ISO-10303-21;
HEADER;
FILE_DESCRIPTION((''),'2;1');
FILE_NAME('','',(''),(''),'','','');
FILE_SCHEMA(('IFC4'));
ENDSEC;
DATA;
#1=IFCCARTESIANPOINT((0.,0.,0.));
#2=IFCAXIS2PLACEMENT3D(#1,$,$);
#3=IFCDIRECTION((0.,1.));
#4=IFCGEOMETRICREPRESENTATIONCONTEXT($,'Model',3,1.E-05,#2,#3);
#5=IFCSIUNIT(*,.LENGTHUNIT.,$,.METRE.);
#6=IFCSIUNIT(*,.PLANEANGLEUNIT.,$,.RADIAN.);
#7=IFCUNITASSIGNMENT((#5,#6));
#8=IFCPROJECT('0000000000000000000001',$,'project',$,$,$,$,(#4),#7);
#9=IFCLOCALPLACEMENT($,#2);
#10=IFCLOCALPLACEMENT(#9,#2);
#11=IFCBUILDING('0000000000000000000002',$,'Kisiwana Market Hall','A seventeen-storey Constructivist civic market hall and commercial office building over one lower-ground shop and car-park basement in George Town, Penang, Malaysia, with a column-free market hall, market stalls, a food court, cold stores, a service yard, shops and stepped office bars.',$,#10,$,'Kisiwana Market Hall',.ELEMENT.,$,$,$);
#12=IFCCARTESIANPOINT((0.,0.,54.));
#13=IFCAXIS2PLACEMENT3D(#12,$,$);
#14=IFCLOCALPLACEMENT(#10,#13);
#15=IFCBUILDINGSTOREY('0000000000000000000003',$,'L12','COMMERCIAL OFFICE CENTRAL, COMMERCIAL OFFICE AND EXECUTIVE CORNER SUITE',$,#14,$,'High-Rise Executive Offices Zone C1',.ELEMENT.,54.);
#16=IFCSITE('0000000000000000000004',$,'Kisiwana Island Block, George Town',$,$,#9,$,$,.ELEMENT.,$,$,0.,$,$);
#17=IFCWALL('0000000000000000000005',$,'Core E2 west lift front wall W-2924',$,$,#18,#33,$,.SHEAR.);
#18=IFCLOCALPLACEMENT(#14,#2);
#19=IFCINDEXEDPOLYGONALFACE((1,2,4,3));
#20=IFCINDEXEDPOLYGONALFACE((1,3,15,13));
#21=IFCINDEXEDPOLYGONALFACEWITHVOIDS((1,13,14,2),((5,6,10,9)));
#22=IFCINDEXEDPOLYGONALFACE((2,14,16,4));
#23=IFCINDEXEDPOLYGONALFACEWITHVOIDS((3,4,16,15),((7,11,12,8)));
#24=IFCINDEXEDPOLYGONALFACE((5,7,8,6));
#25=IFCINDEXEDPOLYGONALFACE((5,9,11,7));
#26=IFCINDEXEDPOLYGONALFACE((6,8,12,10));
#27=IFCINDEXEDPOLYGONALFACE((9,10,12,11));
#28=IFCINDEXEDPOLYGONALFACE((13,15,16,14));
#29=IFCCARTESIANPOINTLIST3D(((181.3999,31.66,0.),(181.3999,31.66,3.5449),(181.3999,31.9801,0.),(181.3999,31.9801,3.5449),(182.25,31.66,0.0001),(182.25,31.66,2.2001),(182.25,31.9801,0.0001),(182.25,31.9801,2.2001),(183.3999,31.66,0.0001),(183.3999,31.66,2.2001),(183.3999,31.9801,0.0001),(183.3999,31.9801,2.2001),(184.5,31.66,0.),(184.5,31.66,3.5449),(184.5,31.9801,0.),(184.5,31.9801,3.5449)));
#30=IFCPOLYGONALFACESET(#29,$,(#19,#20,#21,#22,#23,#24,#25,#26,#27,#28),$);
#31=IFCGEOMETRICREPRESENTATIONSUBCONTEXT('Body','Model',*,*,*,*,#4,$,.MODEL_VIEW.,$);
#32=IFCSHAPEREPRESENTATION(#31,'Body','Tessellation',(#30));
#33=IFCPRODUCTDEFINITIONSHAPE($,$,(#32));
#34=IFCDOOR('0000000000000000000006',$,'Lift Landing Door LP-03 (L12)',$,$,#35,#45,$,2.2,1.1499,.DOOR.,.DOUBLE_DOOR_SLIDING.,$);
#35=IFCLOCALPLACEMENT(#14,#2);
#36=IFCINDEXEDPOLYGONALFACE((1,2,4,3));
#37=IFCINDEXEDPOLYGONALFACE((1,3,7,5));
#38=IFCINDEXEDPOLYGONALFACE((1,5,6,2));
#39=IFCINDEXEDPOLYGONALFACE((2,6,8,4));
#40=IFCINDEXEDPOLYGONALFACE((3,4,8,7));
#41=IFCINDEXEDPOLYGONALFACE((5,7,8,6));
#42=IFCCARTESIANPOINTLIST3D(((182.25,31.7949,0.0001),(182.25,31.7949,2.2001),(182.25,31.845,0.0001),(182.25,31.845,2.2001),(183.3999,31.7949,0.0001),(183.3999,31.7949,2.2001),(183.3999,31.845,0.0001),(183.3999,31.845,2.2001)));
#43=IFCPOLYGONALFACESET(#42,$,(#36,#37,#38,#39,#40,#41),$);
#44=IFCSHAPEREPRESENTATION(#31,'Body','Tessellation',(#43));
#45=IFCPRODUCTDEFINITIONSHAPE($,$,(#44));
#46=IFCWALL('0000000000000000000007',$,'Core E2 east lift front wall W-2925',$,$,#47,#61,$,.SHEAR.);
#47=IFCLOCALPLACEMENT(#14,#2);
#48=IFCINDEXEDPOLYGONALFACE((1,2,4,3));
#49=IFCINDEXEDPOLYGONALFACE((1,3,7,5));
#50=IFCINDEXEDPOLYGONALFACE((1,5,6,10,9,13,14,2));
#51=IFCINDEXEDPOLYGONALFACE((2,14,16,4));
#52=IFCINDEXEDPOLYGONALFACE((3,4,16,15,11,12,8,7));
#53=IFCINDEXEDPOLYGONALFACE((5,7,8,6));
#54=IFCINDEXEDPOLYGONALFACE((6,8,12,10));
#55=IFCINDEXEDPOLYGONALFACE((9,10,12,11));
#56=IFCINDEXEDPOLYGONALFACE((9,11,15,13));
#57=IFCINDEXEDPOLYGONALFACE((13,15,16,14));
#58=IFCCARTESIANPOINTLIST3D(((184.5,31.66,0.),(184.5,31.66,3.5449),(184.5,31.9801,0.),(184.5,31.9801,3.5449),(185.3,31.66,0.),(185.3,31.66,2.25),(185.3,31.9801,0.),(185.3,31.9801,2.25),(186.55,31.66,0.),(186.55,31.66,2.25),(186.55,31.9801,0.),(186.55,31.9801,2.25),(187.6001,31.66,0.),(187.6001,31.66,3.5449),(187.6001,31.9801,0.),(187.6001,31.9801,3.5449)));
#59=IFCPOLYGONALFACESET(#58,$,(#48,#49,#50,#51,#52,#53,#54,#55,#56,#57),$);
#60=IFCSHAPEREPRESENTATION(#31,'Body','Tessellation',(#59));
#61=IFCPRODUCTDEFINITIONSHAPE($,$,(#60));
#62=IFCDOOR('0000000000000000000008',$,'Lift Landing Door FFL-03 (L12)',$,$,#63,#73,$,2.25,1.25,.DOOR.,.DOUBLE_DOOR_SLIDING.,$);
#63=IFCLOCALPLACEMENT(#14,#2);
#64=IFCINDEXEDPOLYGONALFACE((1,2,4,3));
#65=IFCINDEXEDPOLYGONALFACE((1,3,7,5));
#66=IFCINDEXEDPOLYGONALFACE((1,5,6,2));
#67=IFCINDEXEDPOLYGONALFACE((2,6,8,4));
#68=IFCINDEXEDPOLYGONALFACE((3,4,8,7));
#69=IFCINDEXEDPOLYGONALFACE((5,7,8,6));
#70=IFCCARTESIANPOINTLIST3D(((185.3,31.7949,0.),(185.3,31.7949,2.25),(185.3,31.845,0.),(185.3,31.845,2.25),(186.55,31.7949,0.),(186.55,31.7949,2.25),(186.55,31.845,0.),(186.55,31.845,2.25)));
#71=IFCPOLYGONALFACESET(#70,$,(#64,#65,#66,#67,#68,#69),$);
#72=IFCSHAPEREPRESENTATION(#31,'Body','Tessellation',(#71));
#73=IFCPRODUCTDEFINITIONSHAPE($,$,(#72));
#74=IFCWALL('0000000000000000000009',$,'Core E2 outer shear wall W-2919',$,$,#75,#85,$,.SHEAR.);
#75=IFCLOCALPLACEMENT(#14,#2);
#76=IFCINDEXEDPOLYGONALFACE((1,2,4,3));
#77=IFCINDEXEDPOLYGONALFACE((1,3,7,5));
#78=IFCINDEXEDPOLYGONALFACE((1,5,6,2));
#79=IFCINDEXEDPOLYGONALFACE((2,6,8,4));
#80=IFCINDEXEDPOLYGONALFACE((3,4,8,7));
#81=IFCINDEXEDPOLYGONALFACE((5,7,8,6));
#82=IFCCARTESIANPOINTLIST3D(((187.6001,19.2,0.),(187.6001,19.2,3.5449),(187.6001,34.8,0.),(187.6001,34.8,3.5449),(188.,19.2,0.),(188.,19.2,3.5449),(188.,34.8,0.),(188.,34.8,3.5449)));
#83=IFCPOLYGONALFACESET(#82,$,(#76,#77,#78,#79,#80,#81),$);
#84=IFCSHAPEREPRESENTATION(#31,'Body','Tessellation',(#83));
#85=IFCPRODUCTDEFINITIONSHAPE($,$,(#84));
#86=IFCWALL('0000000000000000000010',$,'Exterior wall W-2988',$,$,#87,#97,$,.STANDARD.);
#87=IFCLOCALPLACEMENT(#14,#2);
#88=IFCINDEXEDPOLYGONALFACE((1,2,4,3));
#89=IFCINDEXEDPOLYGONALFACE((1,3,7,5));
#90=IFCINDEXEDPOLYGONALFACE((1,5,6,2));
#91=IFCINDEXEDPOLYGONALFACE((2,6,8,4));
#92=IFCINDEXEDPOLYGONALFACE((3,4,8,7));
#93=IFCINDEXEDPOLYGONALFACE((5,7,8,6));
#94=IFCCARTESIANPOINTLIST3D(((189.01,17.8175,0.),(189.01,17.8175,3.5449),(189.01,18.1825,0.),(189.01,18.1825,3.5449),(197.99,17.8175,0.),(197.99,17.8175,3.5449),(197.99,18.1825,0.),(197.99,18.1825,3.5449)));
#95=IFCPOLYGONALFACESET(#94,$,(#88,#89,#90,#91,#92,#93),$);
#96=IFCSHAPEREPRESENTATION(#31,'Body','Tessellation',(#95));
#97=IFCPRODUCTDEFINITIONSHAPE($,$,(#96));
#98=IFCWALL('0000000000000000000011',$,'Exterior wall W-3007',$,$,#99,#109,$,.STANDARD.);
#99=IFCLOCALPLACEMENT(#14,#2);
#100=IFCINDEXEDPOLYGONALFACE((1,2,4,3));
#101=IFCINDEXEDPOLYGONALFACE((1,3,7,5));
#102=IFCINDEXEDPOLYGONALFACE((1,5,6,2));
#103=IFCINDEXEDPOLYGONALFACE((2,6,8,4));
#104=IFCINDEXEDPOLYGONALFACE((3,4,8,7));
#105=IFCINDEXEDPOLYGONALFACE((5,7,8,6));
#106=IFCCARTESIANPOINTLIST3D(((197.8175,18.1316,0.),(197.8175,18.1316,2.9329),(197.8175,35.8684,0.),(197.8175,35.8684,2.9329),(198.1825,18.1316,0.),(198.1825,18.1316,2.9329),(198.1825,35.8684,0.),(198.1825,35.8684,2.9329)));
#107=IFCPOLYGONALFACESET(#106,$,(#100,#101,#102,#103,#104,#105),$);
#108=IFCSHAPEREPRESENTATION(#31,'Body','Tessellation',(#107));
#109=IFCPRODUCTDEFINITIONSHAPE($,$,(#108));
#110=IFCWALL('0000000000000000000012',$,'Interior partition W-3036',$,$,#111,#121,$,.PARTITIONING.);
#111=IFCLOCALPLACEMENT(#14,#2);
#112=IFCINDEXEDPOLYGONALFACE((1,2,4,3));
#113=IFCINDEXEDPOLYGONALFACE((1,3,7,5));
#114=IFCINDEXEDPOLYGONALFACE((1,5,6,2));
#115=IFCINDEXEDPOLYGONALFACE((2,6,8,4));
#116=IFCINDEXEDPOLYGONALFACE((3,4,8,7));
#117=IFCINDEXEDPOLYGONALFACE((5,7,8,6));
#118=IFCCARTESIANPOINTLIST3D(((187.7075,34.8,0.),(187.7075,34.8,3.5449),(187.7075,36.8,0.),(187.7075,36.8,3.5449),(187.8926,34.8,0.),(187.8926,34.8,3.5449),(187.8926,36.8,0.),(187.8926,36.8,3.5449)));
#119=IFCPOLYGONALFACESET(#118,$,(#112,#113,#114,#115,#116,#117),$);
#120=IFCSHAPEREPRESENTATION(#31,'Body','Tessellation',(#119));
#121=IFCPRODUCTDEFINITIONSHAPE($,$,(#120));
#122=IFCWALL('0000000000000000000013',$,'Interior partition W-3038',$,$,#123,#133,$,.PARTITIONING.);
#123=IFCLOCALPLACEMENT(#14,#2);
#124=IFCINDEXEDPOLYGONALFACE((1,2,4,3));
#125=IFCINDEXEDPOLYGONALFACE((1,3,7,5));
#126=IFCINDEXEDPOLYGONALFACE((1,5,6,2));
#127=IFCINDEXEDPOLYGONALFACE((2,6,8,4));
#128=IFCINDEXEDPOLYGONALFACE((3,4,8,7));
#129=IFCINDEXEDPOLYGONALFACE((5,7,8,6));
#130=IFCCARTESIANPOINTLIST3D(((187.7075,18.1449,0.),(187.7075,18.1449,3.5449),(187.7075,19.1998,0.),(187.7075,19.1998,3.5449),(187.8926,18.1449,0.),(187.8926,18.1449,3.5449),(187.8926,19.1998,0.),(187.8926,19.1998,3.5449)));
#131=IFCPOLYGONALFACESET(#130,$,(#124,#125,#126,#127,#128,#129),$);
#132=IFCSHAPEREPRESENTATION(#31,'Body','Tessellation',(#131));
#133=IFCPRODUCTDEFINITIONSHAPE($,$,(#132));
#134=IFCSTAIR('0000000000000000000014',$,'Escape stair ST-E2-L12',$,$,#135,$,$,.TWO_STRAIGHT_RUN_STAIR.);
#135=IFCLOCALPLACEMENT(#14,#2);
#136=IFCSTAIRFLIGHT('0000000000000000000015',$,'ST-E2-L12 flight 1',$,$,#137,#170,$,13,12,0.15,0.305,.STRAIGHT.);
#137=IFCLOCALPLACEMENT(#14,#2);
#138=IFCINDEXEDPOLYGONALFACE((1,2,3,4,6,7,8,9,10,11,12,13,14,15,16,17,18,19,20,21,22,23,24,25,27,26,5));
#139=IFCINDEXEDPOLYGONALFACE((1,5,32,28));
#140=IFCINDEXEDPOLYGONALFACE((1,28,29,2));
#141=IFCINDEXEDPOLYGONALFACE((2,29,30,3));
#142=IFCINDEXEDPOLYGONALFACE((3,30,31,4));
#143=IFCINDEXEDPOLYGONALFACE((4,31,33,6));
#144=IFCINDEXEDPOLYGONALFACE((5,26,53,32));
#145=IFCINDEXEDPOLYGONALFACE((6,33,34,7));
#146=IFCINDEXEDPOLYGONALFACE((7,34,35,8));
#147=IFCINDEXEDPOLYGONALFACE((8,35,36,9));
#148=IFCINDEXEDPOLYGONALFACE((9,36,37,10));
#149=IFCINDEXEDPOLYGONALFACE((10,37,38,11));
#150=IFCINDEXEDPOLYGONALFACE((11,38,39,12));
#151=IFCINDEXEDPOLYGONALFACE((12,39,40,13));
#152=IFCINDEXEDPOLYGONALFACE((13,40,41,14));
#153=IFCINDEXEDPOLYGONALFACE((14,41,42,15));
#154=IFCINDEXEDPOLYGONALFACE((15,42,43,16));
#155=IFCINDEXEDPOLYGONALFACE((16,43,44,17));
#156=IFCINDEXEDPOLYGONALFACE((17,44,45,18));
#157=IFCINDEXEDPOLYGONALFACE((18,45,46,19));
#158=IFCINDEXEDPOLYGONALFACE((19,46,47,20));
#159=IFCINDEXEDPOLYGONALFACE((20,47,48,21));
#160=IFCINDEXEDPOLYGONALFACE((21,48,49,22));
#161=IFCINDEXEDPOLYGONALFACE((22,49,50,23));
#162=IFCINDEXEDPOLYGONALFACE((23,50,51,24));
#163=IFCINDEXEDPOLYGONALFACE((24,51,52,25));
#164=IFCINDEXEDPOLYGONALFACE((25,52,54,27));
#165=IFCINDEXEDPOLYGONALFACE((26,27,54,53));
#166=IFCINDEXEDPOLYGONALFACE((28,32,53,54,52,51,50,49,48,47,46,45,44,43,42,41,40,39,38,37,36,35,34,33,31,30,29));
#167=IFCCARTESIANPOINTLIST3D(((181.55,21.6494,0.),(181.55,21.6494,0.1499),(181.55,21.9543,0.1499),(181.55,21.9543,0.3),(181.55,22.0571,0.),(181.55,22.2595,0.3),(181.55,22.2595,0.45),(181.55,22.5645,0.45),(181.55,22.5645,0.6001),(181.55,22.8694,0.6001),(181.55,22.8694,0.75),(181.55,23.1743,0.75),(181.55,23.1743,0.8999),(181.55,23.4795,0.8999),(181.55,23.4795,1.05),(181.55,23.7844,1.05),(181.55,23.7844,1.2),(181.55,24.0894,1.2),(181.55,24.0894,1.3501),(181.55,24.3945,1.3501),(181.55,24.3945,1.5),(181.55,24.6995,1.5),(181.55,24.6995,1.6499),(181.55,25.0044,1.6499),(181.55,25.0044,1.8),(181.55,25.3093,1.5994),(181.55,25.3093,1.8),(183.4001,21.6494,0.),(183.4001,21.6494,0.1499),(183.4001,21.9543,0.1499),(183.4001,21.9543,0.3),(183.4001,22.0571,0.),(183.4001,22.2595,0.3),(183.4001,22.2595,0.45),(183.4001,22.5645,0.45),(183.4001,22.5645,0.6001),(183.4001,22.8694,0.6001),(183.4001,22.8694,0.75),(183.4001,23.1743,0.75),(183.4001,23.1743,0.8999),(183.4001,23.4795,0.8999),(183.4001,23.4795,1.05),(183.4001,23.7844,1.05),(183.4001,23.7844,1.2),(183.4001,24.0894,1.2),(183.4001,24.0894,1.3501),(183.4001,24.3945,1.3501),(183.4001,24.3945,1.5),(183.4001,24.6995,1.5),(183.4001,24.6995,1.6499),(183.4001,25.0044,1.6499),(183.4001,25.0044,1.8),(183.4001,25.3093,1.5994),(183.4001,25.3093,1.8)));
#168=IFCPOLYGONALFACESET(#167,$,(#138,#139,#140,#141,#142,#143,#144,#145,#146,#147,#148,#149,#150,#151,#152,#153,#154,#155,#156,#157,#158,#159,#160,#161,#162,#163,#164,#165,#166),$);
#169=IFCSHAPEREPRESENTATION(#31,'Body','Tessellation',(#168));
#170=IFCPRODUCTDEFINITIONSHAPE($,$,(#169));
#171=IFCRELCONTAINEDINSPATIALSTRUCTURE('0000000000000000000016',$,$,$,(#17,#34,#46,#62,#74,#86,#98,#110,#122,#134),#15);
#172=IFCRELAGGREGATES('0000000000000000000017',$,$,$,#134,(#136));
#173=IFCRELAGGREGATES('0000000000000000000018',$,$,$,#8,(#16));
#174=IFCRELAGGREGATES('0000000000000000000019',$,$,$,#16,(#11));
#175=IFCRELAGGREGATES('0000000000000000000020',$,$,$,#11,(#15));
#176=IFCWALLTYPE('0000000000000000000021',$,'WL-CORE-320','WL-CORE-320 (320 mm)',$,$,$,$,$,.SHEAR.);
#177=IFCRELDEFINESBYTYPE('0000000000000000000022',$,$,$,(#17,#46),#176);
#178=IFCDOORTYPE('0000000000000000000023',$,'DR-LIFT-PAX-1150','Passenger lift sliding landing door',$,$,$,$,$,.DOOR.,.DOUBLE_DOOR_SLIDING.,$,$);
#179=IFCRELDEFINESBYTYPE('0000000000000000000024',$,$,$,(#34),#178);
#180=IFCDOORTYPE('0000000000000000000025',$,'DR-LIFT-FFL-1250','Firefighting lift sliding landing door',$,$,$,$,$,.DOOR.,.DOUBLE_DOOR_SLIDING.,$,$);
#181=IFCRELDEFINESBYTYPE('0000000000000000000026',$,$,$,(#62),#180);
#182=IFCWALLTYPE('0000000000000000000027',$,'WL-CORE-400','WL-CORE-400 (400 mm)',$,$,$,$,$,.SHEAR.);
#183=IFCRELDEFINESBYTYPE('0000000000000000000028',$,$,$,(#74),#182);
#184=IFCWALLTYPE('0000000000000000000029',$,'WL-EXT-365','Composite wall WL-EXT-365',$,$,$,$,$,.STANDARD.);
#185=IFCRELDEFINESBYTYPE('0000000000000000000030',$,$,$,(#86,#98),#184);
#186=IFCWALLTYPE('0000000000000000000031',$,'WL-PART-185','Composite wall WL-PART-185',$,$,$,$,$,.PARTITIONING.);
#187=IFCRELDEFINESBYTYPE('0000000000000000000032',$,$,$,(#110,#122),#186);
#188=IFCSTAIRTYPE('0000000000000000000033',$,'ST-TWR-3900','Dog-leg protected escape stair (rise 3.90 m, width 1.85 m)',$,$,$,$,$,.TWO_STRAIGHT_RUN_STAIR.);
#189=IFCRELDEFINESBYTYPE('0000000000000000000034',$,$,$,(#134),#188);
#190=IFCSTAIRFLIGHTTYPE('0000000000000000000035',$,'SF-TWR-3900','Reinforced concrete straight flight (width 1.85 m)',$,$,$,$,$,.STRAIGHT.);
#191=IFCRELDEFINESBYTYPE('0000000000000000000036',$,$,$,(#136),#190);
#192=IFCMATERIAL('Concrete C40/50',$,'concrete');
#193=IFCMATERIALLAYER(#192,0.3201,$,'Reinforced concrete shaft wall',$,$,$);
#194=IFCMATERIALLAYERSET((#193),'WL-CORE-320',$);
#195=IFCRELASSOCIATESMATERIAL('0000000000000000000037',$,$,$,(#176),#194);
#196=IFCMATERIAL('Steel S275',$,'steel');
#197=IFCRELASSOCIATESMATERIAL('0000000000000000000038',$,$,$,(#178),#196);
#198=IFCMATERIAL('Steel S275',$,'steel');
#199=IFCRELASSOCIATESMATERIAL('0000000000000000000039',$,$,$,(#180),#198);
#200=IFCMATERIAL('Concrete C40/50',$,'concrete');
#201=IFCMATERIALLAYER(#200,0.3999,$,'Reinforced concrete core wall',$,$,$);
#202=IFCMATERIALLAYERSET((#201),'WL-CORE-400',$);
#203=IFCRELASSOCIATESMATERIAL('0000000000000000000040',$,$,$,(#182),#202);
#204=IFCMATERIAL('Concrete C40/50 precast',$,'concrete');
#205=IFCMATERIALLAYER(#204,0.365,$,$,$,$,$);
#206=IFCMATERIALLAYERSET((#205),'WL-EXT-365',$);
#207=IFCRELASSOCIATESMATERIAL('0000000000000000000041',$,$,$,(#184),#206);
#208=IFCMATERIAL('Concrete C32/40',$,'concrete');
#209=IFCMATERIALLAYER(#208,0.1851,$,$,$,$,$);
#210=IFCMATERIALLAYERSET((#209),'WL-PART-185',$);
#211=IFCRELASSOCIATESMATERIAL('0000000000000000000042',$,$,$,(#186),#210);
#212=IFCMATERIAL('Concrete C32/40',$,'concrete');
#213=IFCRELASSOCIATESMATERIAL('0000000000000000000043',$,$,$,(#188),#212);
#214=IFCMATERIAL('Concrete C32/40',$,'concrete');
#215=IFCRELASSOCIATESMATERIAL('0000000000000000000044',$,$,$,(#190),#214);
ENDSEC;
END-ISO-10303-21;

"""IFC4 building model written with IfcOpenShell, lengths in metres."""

from ifc_helpers import new_model, si_unit, direction, frame, frame_2d, origin, place, context, subcontext, project, spatial, polyline, rectangle, outline, extrude, material, layer, layer_set, type_object, element, fill, aggregate, save


model = new_model("IFC4")

# Units and contexts
model_context = context("Model", 3, precision=1e-05, world=origin(), true_north=direction((0.0, 1.0)))
body_context = subcontext(model_context, "Body", "Model", "MODEL_VIEW")
ifc_project = project(units=[si_unit("LENGTHUNIT", "METRE"), si_unit("PLANEANGLEUNIT", "RADIAN")], contexts=[model_context])

# Site, building, storey
site_placement = place(None, origin())
site = spatial("IfcSite", under=ifc_project, at=site_placement, Name="Kisiwana Island Block, George Town", CompositionType="ELEMENT", RefElevation=0.0)
building_placement = place(site_placement, origin())
building = spatial("IfcBuilding", under=site, at=building_placement, Name="Kisiwana Market Hall", Description="A seventeen-storey Constructivist civic market hall and commercial office building over one lower-ground shop and car-park basement in George Town, Penang, Malaysia, with a column-free market hall, market stalls, a food court, cold stores, a service yard, shops and stepped office bars.", LongName="Kisiwana Market Hall", CompositionType="ELEMENT")
storey_placement = place(building_placement, frame((0.0, 0.0, 54.0)))
storey = spatial("IfcBuildingStorey", under=building, at=storey_placement, Name="L12", Description="COMMERCIAL OFFICE CENTRAL, COMMERCIAL OFFICE AND EXECUTIVE CORNER SUITE", LongName="High-Rise Executive Offices Zone C1", CompositionType="ELEMENT", Elevation=54.0)

# Shared definitions
ifc_material_1 = material(Name="Concrete C40/50", Category="concrete")
ifc_layer_1 = layer(ifc_material_1, 0.3201, Name="Reinforced concrete shaft wall")
ifc_layer_set_1 = layer_set([ifc_layer_1], Name="WL-CORE-320")
wall_type_1 = type_object("IfcWallType", Name="WL-CORE-320", Description="WL-CORE-320 (320 mm)", PredefinedType="SHEAR", material=ifc_layer_set_1)

# Walls, openings, doors
wall_1_placement = place(storey_placement, frame((181.3999, 31.8201, 0.0), z_axis=(0.0, 0.0, 1.0), x_axis=(1.0, 0.0, 0.0)))
wall_1 = element("IfcWall", 1, at=wall_1_placement, inside=storey, type_object=wall_type_1, Name="Core E2 west lift front wall W-2924", PredefinedType="SHEAR", context=body_context, shape_type="SweptSolid", body=[
    extrude(rectangle(XDim=3.1001, YDim=0.3201, at=frame_2d((1.55, 0.0))), origin(), (0.0, 0.0, 1.0), 3.5449),
])
opening_1_placement = place(wall_1_placement, frame((0.8501, 0.0, 0.0)))
opening_1 = element("IfcOpeningElement", 2, at=opening_1_placement, cuts=wall_1, PredefinedType="OPENING", context=body_context, shape_type="SweptSolid", body=[
    extrude(rectangle(XDim=1.1499, YDim=2.2, at=frame_2d((0.575, 1.1001))), frame((0.0, 0.1719, 0.0), z_axis=(0.0, -1.0, 0.0), x_axis=(1.0, 0.0, 0.0)), (0.0, 0.0, 1.0), 0.344),
])
ifc_material_2 = material(Name="Steel S275", Category="steel")
door_type_1 = type_object("IfcDoorType", Name="DR-LIFT-PAX-1150", Description="Passenger lift sliding landing door", OperationType="DOUBLE_DOOR_SLIDING", PredefinedType="DOOR", material=ifc_material_2)
door_1_placement = place(opening_1_placement, origin())
door_1 = element("IfcDoor", 3, at=door_1_placement, inside=storey, type_object=door_type_1, Name="Lift Landing Door LP-03 (L12)", OperationType="DOUBLE_DOOR_SLIDING", OverallHeight=2.2, OverallWidth=1.1499, PredefinedType="DOOR", context=body_context, shape_type="SweptSolid", body=[
    extrude(rectangle(XDim=1.1499, YDim=2.2, at=frame_2d((0.575, 1.1001))), frame((0.0, 0.0249, 0.0), z_axis=(0.0, -1.0, 0.0), x_axis=(1.0, 0.0, 0.0)), (0.0, 0.0, 1.0), 0.05),
])
fill(opening_1, door_1)
wall_2_placement = place(storey_placement, frame((184.5, 31.8201, 0.0), z_axis=(0.0, 0.0, 1.0), x_axis=(1.0, 0.0, 0.0)))
wall_2 = element("IfcWall", 4, at=wall_2_placement, inside=storey, type_object=wall_type_1, Name="Core E2 east lift front wall W-2925", PredefinedType="SHEAR", context=body_context, shape_type="SweptSolid", body=[
    extrude(rectangle(XDim=3.1001, YDim=0.3201, at=frame_2d((1.55, 0.0))), origin(), (0.0, 0.0, 1.0), 3.5449),
])
opening_2_placement = place(wall_2_placement, frame((0.8, 0.0, 0.0)))
opening_2 = element("IfcOpeningElement", 5, at=opening_2_placement, cuts=wall_2, PredefinedType="OPENING", context=body_context, shape_type="SweptSolid", body=[
    extrude(rectangle(XDim=1.25, YDim=2.25, at=frame_2d((0.625, 1.125))), frame((0.0, 0.1719, 0.0), z_axis=(0.0, -1.0, 0.0), x_axis=(1.0, 0.0, 0.0)), (0.0, 0.0, 1.0), 0.344),
])
ifc_material_3 = material(Name="Steel S275", Category="steel")
door_type_2 = type_object("IfcDoorType", Name="DR-LIFT-FFL-1250", Description="Firefighting lift sliding landing door", OperationType="DOUBLE_DOOR_SLIDING", PredefinedType="DOOR", material=ifc_material_3)
door_2_placement = place(opening_2_placement, origin())
door_2 = element("IfcDoor", 6, at=door_2_placement, inside=storey, type_object=door_type_2, Name="Lift Landing Door FFL-03 (L12)", OperationType="DOUBLE_DOOR_SLIDING", OverallHeight=2.25, OverallWidth=1.25, PredefinedType="DOOR", context=body_context, shape_type="SweptSolid", body=[
    extrude(rectangle(XDim=1.25, YDim=2.25, at=frame_2d((0.625, 1.125))), frame((0.0, 0.0249, 0.0), z_axis=(0.0, -1.0, 0.0), x_axis=(1.0, 0.0, 0.0)), (0.0, 0.0, 1.0), 0.05),
])
fill(opening_2, door_2)

# Walls
ifc_material_4 = material(Name="Concrete C40/50", Category="concrete")
ifc_layer_2 = layer(ifc_material_4, 0.3999, Name="Reinforced concrete core wall")
ifc_layer_set_2 = layer_set([ifc_layer_2], Name="WL-CORE-400")
wall_type_2 = type_object("IfcWallType", Name="WL-CORE-400", Description="WL-CORE-400 (400 mm)", PredefinedType="SHEAR", material=ifc_layer_set_2)
wall_3_placement = place(storey_placement, frame((187.8, 19.2, 0.0), z_axis=(0.0, 0.0, 1.0), x_axis=(0.0, 1.0, 0.0)))
element("IfcWall", 7, at=wall_3_placement, inside=storey, type_object=wall_type_2, Name="Core E2 outer shear wall W-2919", PredefinedType="SHEAR", context=body_context, shape_type="SweptSolid", body=[
    extrude(rectangle(XDim=15.6001, YDim=0.3999, at=frame_2d((7.8, 0.0))), origin(), (0.0, 0.0, 1.0), 3.5449),
])
ifc_material_5 = material(Name="Concrete C40/50 precast", Category="concrete")
ifc_layer_3 = layer(ifc_material_5, 0.365)
ifc_layer_set_3 = layer_set([ifc_layer_3], Name="WL-EXT-365")
wall_type_3 = type_object("IfcWallType", Name="WL-EXT-365", Description="Composite wall WL-EXT-365", PredefinedType="STANDARD", material=ifc_layer_set_3)
wall_4_placement = place(storey_placement, frame((189.01, 18.0, 0.0), z_axis=(0.0, 0.0, 1.0), x_axis=(1.0, 0.0, 0.0)))
element("IfcWall", 8, at=wall_4_placement, inside=storey, type_object=wall_type_3, Name="Exterior wall W-2988", PredefinedType="STANDARD", context=body_context, shape_type="SweptSolid", body=[
    extrude(rectangle(XDim=8.98, YDim=0.365, at=frame_2d((4.49, 0.0))), origin(), (0.0, 0.0, 1.0), 3.5449),
])
wall_5_placement = place(storey_placement, frame((198.0, 18.1316, 0.0), z_axis=(0.0, 0.0, 1.0), x_axis=(0.0, 1.0, 0.0)))
element("IfcWall", 9, at=wall_5_placement, inside=storey, type_object=wall_type_3, Name="Exterior wall W-3007", PredefinedType="STANDARD", context=body_context, shape_type="SweptSolid", body=[
    extrude(rectangle(XDim=17.7368, YDim=0.365, at=frame_2d((8.8684, 0.0))), origin(), (0.0, 0.0, 1.0), 2.9329),
])
ifc_material_6 = material(Name="Concrete C32/40", Category="concrete")
ifc_layer_4 = layer(ifc_material_6, 0.1851)
ifc_layer_set_4 = layer_set([ifc_layer_4], Name="WL-PART-185")
wall_type_4 = type_object("IfcWallType", Name="WL-PART-185", Description="Composite wall WL-PART-185", PredefinedType="PARTITIONING", material=ifc_layer_set_4)
wall_6_placement = place(storey_placement, frame((187.8, 34.8, 0.0), z_axis=(0.0, 0.0, 1.0), x_axis=(0.0, 1.0, 0.0)))
element("IfcWall", 10, at=wall_6_placement, inside=storey, type_object=wall_type_4, Name="Interior partition W-3036", PredefinedType="PARTITIONING", context=body_context, shape_type="SweptSolid", body=[
    extrude(rectangle(XDim=2.0, YDim=0.1851, at=frame_2d((1.0, 0.0))), origin(), (0.0, 0.0, 1.0), 3.5449),
])
wall_7_placement = place(storey_placement, frame((187.8, 18.145, 0.0), z_axis=(0.0, 0.0, 1.0), x_axis=(0.0, 1.0, 0.0)))
element("IfcWall", 11, at=wall_7_placement, inside=storey, type_object=wall_type_4, Name="Interior partition W-3038", PredefinedType="PARTITIONING", context=body_context, shape_type="SweptSolid", body=[
    extrude(rectangle(XDim=1.0549, YDim=0.1851, at=frame_2d((0.5273, 0.0))), origin(), (0.0, 0.0, 1.0), 3.5449),
])

# Stair, stair flight
ifc_material_7 = material(Name="Concrete C32/40", Category="concrete")
stair_type = type_object("IfcStairType", Name="ST-TWR-3900", Description="Dog-leg protected escape stair (rise 3.90 m, width 1.85 m)", PredefinedType="TWO_STRAIGHT_RUN_STAIR", material=ifc_material_7)
stair_placement = place(storey_placement, origin())
stair = element("IfcStair", 12, at=stair_placement, inside=storey, type_object=stair_type, Name="Escape stair ST-E2-L12", PredefinedType="TWO_STRAIGHT_RUN_STAIR")
ifc_material_8 = material(Name="Concrete C32/40", Category="concrete")
stair_flight_type = type_object("IfcStairFlightType", Name="SF-TWR-3900", Description="Reinforced concrete straight flight (width 1.85 m)", PredefinedType="STRAIGHT", material=ifc_material_8)
stair_flight_1_placement = place(storey_placement, frame((182.4751, 21.6494, 0.0), z_axis=(0.0, 0.0, 1.0), x_axis=(0.0, 1.0, 0.0)))
stair_flight_1 = element("IfcStairFlight", 13, at=stair_flight_1_placement, type_object=stair_flight_type, Name="ST-E2-L12 flight 1", NumberOfRisers=13, NumberOfTreads=12, PredefinedType="STRAIGHT", RiserHeight=0.15, TreadLength=0.305, context=body_context, shape_type="SweptSolid", body=[
    extrude(outline(polyline([(0.0, 0.0), (0.0, 0.1499), (0.3049, 0.1499), (0.3049, 0.3), (0.6101, 0.3), (0.6101, 0.45), (0.915, 0.45), (0.915, 0.6001), (1.22, 0.6001), (1.22, 0.75), (1.5249, 0.75), (1.5249, 0.8999), (1.8301, 0.8999), (1.8301, 1.05), (2.135, 1.05), (2.135, 1.2), (2.4399, 1.2), (2.4399, 1.3501), (2.7451, 1.3501), (2.7451, 1.5), (3.05, 1.5), (3.05, 1.6499), (3.355, 1.6499), (3.355, 1.8), (3.6599, 1.8), (3.6599, 1.95), (3.6599, 1.5994), (0.4077, 0.0), (0.0, 0.0)])), frame((0.0, 0.925, 0.0), z_axis=(0.0, -1.0, 0.0), x_axis=(1.0, 0.0, 0.0)), (0.0, 0.0, 1.0), 1.8501),
])
aggregate(stair, [stair_flight_1])

save(model, "model.ifc")
